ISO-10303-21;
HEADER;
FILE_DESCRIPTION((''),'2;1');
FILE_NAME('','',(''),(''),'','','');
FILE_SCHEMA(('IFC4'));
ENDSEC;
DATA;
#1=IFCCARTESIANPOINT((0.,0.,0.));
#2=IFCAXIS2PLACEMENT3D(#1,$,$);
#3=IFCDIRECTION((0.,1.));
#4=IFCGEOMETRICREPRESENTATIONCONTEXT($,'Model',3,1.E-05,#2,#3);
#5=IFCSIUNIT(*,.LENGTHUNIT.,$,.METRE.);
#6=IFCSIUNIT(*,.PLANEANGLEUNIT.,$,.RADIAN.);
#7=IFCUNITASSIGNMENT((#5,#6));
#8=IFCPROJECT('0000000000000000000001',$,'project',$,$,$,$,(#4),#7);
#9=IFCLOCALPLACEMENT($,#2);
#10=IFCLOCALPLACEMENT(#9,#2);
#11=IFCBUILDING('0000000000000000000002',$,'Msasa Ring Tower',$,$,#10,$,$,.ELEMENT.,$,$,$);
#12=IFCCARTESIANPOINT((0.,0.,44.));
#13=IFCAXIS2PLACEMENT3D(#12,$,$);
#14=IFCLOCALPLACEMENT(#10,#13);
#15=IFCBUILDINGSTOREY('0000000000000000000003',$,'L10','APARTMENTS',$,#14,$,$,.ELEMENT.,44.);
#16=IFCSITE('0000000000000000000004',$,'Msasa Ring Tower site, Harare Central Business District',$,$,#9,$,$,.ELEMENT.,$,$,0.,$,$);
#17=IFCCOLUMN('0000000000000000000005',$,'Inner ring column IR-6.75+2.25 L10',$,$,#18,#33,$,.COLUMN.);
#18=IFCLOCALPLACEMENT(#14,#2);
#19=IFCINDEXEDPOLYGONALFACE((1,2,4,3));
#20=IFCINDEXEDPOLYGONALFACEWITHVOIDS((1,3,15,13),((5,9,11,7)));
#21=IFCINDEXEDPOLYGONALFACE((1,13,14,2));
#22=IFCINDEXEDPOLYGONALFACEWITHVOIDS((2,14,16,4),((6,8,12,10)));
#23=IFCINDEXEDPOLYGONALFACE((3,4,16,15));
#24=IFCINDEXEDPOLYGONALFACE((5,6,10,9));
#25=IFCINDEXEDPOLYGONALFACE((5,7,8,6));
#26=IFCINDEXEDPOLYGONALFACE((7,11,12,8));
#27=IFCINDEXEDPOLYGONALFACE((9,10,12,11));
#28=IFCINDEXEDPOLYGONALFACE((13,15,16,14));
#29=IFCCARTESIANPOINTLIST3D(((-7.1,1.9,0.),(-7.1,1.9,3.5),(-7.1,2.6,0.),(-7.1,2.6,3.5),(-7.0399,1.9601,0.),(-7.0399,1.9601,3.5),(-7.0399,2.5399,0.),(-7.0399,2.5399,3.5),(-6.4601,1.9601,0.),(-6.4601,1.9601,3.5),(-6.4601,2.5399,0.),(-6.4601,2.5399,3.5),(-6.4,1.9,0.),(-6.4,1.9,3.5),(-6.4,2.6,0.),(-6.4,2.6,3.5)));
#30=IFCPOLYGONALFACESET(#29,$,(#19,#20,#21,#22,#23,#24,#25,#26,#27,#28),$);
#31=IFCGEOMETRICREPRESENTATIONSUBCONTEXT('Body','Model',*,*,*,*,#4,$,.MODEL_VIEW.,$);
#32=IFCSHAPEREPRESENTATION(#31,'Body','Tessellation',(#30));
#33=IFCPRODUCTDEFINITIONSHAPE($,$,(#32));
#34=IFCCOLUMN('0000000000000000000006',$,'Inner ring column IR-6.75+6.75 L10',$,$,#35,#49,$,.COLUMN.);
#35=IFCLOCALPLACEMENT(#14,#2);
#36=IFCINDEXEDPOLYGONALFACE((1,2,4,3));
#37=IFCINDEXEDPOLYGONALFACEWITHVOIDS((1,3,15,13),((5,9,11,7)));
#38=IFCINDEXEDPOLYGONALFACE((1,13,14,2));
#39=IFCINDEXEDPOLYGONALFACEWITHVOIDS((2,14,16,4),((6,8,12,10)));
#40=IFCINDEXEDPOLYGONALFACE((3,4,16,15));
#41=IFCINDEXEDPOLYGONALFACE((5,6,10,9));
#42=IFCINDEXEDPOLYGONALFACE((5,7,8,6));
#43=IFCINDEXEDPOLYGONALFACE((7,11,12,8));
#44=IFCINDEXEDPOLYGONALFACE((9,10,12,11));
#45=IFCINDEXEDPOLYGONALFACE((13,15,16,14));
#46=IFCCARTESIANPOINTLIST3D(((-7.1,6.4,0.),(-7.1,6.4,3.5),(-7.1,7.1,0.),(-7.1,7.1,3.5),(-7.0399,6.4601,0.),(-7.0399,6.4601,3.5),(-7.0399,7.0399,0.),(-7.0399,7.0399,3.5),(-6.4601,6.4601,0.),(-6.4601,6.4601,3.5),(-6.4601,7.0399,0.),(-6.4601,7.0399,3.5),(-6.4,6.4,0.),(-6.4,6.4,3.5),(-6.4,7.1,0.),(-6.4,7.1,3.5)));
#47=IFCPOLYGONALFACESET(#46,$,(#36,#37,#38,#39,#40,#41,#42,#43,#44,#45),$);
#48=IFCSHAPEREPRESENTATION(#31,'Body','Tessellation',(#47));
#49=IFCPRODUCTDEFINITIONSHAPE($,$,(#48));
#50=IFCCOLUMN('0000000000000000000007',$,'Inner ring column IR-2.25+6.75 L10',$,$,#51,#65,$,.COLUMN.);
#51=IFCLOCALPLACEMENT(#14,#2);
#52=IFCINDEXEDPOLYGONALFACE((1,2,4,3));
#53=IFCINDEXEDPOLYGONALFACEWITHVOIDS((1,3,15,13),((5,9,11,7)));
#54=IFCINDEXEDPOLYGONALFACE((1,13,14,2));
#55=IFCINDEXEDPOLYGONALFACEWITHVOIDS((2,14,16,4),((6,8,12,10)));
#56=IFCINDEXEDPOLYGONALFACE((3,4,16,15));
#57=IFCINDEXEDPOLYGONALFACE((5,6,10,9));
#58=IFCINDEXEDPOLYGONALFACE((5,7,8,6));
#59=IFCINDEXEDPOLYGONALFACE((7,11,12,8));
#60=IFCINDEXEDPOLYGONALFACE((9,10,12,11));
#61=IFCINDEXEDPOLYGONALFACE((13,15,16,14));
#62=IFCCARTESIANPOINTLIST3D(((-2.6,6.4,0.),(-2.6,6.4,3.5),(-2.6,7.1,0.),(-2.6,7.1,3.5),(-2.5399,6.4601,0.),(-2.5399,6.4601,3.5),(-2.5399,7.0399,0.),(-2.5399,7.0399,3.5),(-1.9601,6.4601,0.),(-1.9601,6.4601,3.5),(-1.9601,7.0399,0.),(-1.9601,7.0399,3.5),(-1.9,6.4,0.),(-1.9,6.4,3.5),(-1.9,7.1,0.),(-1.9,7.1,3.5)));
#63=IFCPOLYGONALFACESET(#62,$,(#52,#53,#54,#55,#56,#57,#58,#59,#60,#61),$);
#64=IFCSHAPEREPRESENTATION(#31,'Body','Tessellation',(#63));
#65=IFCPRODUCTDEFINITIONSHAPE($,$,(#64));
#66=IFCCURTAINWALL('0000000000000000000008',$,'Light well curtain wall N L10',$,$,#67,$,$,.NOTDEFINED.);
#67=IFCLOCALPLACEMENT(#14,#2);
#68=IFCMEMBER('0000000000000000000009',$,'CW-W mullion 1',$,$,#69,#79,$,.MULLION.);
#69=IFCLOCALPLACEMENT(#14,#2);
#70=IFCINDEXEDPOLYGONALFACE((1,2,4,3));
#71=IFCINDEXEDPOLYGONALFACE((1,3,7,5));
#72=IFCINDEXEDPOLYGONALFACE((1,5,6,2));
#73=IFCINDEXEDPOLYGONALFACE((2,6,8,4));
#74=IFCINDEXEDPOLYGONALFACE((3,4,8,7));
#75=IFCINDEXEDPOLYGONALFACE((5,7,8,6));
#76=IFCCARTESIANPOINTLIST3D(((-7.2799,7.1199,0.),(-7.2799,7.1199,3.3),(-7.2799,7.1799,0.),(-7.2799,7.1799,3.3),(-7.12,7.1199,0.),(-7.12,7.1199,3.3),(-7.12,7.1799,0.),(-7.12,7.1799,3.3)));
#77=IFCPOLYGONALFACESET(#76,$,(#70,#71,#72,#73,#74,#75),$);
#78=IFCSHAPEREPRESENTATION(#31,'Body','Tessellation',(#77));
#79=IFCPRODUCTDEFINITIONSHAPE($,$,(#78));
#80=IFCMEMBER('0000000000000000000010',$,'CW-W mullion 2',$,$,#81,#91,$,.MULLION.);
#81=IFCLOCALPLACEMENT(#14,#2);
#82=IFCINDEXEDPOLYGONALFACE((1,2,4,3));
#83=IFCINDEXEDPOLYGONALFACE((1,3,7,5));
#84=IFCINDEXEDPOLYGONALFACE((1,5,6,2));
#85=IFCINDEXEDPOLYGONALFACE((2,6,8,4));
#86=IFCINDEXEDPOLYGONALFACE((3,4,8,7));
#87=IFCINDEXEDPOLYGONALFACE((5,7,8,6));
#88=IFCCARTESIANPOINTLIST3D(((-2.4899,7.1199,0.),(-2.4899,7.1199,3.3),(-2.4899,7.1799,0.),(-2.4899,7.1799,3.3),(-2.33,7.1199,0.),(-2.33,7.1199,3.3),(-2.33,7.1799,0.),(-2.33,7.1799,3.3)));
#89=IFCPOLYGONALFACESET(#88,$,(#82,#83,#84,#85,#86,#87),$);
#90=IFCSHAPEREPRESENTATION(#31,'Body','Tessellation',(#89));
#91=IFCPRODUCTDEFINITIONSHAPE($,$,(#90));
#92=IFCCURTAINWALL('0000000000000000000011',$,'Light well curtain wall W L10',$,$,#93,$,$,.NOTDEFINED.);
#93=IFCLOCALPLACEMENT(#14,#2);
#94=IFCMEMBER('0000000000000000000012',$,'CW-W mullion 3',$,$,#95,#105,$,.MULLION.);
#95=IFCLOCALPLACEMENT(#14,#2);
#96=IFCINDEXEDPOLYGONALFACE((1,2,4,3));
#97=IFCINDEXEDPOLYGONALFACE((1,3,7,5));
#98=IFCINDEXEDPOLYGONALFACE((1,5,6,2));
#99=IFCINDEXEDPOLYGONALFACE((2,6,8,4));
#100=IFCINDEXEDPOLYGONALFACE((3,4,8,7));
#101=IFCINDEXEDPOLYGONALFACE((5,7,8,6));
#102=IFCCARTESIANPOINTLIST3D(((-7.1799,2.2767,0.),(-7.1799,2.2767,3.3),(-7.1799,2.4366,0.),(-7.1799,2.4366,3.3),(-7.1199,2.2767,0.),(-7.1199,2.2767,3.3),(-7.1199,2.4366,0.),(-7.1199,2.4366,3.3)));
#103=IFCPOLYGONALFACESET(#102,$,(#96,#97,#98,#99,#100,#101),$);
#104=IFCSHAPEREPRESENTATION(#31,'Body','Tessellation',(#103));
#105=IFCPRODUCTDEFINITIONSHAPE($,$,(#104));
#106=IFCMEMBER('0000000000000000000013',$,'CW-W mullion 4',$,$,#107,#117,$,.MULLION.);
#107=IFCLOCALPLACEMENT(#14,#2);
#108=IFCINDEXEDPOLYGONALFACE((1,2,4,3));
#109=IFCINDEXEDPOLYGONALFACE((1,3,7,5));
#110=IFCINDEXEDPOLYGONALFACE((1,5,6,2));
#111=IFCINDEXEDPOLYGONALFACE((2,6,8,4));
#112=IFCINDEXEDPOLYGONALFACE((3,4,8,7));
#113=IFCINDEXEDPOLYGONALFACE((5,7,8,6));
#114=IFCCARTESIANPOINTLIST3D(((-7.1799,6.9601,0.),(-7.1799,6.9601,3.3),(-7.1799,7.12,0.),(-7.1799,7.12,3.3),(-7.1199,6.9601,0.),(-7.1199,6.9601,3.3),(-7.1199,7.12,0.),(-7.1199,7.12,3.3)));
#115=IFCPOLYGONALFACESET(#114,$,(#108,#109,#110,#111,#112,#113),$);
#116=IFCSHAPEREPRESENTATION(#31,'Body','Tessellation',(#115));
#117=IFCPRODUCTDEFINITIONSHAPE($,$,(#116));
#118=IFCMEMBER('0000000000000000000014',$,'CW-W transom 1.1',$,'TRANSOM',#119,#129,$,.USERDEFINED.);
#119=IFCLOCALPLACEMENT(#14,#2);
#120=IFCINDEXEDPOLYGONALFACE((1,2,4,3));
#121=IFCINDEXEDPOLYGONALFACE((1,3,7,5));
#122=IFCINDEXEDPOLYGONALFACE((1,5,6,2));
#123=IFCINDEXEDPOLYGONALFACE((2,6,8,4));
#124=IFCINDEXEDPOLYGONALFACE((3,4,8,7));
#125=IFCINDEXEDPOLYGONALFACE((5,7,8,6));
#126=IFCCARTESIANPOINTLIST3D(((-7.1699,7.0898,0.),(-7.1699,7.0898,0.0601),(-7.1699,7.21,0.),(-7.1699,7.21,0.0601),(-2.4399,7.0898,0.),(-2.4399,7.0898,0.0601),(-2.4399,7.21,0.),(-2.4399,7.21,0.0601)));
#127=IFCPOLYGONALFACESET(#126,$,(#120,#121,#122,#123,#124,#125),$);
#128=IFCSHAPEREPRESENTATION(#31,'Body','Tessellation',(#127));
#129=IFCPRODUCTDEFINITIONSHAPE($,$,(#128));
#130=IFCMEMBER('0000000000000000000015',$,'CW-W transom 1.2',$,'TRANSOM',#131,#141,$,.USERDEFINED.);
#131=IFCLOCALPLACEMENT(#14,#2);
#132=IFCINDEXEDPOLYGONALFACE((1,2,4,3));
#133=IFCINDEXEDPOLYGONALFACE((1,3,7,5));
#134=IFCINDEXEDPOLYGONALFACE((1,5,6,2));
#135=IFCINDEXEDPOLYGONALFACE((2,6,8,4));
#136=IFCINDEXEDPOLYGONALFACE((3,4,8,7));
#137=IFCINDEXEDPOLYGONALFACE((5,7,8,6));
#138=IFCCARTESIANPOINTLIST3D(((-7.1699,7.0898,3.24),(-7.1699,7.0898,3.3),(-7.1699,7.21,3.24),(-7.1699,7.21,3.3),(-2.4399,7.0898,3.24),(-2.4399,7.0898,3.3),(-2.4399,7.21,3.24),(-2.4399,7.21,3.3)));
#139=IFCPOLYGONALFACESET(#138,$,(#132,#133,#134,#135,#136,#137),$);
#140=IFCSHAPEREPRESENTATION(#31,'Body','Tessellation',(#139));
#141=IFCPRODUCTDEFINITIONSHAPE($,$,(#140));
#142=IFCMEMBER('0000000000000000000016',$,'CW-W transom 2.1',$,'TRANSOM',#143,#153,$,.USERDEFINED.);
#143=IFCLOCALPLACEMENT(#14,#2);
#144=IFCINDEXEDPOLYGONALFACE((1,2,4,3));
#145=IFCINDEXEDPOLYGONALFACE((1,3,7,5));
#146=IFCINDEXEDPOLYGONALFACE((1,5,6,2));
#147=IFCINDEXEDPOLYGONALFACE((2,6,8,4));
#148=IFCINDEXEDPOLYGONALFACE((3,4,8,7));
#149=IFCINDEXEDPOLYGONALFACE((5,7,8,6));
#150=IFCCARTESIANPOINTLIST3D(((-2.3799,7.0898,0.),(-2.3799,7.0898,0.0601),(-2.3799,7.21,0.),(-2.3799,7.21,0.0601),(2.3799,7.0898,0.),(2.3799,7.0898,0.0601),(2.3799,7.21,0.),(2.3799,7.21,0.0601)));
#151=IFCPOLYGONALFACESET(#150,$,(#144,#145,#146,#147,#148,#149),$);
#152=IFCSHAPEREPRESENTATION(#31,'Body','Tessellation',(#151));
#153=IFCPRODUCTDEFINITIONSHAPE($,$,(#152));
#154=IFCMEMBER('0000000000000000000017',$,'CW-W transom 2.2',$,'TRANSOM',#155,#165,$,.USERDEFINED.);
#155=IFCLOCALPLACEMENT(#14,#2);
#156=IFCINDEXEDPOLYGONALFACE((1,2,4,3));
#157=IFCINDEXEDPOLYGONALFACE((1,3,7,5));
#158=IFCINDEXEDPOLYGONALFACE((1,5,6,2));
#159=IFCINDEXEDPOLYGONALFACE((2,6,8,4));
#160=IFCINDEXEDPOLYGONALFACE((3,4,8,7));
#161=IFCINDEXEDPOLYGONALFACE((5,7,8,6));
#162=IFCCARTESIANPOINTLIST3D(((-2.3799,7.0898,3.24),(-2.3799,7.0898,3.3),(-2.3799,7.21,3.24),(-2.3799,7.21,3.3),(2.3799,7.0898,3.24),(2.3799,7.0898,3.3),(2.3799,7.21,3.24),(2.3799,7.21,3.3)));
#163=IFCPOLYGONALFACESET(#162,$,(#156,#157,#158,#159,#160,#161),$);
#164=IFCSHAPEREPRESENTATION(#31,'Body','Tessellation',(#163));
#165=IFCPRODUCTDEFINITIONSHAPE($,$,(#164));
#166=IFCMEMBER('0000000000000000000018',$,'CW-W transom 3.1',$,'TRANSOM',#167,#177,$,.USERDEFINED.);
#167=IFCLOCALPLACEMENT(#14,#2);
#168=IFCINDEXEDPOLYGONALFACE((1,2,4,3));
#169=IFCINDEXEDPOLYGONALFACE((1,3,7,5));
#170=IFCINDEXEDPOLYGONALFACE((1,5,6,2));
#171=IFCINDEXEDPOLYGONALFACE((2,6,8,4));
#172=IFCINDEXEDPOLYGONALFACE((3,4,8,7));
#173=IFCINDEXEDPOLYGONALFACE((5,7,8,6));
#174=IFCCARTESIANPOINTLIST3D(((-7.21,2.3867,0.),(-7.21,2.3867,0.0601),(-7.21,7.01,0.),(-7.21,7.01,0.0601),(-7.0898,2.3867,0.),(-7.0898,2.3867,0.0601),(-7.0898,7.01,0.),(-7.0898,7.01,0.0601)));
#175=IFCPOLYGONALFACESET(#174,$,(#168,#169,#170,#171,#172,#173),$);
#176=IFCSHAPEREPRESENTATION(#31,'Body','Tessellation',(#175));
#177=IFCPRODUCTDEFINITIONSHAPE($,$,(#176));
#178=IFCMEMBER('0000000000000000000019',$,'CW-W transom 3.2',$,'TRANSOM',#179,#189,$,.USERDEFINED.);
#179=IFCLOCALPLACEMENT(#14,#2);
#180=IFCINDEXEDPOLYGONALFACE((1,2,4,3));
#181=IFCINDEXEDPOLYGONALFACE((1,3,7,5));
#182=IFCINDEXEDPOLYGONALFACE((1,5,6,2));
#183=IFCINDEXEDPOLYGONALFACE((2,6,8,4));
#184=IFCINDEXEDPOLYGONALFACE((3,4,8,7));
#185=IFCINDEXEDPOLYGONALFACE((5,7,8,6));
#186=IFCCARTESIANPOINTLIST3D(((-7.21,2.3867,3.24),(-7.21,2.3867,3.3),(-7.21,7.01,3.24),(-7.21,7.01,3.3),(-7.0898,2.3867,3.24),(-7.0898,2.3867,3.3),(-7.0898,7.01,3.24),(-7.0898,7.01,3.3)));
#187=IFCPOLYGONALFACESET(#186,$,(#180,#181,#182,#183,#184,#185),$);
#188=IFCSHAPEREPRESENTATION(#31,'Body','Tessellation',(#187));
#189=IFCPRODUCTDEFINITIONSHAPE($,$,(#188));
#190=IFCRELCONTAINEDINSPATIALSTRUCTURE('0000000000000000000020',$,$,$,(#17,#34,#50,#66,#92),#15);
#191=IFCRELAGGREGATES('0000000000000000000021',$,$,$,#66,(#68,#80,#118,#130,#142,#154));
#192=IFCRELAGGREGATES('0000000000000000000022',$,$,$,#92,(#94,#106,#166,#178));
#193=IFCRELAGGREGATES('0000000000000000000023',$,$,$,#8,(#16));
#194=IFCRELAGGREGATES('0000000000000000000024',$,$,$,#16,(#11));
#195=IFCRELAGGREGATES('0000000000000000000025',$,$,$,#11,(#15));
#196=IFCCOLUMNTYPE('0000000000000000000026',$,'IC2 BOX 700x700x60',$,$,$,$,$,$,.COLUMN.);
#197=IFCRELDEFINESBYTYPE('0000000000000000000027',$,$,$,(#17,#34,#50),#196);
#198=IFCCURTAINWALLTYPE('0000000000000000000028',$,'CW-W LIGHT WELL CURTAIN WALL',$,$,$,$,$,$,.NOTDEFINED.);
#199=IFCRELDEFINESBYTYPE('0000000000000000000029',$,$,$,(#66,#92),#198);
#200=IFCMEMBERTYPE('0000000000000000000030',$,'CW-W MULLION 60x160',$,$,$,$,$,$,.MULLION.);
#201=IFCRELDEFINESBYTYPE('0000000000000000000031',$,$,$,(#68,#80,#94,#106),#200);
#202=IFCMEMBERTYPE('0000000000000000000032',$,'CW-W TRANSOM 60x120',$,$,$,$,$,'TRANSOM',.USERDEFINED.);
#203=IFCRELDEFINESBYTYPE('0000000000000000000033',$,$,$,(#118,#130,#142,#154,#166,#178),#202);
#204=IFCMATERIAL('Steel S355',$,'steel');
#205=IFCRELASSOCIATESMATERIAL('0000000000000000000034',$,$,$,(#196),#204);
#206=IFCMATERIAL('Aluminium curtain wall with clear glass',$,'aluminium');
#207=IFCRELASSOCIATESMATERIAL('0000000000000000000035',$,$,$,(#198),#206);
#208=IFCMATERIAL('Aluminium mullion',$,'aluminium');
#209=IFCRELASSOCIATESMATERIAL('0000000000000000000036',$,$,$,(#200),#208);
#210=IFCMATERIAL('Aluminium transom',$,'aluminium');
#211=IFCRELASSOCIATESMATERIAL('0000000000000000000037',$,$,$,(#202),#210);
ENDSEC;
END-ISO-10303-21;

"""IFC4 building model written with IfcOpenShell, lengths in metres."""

from ifc_helpers import new_model, si_unit, direction, frame, origin, origin_2d, place, context, subcontext, project, spatial, rectangle, hollow_rectangle, extrude, material, material_profile, profile_set, type_object, element, aggregate, save


model = new_model("IFC4")

# Units and contexts
model_context = context("Model", 3, precision=1e-05, world=origin(), true_north=direction((0.0, 1.0)))
body_context = subcontext(model_context, "Body", "Model", "MODEL_VIEW")
ifc_project = project(units=[si_unit("LENGTHUNIT", "METRE"), si_unit("PLANEANGLEUNIT", "RADIAN")], contexts=[model_context])

# Site, building, storey
site_placement = place(None, origin())
site = spatial("IfcSite", under=ifc_project, at=site_placement, Name="Msasa Ring Tower site, Harare Central Business District", CompositionType="ELEMENT", RefElevation=0.0)
building_placement = place(site_placement, origin())
building = spatial("IfcBuilding", under=site, at=building_placement, Name="Msasa Ring Tower", CompositionType="ELEMENT")
storey_placement = place(building_placement, frame((0.0, 0.0, 44.0)))
storey = spatial("IfcBuildingStorey", under=building, at=storey_placement, Name="L10", Description="APARTMENTS", CompositionType="ELEMENT", Elevation=44.0)

# Columns
ifc_material_1 = material(Name="Steel S355", Category="steel")
ifc_material_profile_1 = material_profile(ifc_material_1, hollow_rectangle(XDim=0.7, YDim=0.7, WallThickness=0.0601, at=origin_2d()), Name="BOX 700x700x60")
ifc_profile_set_1 = profile_set([ifc_material_profile_1], Name="Steel S355")
column_type = type_object("IfcColumnType", Name="IC2 BOX 700x700x60", PredefinedType="COLUMN", material=ifc_profile_set_1)
for number, where, z_axis, x_axis, name in (
    (1, (-6.75, 2.25, 0.0), (0.0, 0.0, 1.0), (1.0, 0.0, 0.0), "Inner ring column IR-6.75+2.25 L10"),
    (2, (-6.75, 6.75, 0.0), (0.0, 0.0, 1.0), (1.0, 0.0, 0.0), "Inner ring column IR-6.75+6.75 L10"),
    (3, (-2.25, 6.75, 0.0), (0.0, 0.0, 1.0), (1.0, 0.0, 0.0), "Inner ring column IR-2.25+6.75 L10"),
):
    element("IfcColumn", number, at=place(storey_placement, frame(where, z_axis=z_axis, x_axis=x_axis)), inside=storey, type_object=column_type, Name=name, PredefinedType="COLUMN", context=body_context, shape_type="SweptSolid", body=[
        extrude(hollow_rectangle(XDim=0.7, YDim=0.7, WallThickness=0.0601, at=origin_2d()), origin(), (0.0, 0.0, 1.0), 3.5),
    ])

# Curtain walls, members
ifc_material_2 = material(Name="Aluminium curtain wall with clear glass", Category="aluminium")
curtain_wall_type = type_object("IfcCurtainWallType", Name="CW-W LIGHT WELL CURTAIN WALL", PredefinedType="NOTDEFINED", material=ifc_material_2)
curtain_wall_1_placement = place(storey_placement, origin())
curtain_wall_1 = element("IfcCurtainWall", 4, at=curtain_wall_1_placement, inside=storey, type_object=curtain_wall_type, Name="Light well curtain wall N L10", PredefinedType="NOTDEFINED")
ifc_material_3 = material(Name="Aluminium mullion", Category="aluminium")
ifc_material_profile_2 = material_profile(ifc_material_3, rectangle(XDim=0.0601, YDim=0.1599, at=origin_2d()), Name="AL 60x160")
ifc_profile_set_2 = profile_set([ifc_material_profile_2], Name="Aluminium mullion")
member_type_1 = type_object("IfcMemberType", Name="CW-W MULLION 60x160", PredefinedType="MULLION", material=ifc_profile_set_2)
member_1_placement = place(storey_placement, frame((-7.2, 7.1499, 0.0), z_axis=(0.0, 0.0, 1.0), x_axis=(0.0, 1.0, 0.0)))
member_1 = element("IfcMember", 5, at=member_1_placement, type_object=member_type_1, Name="CW-W mullion 1", PredefinedType="MULLION", context=body_context, shape_type="SweptSolid", body=[
    extrude(rectangle(XDim=0.0601, YDim=0.1599, at=origin_2d()), origin(), (0.0, 0.0, 1.0), 3.3),
])
member_2_placement = place(storey_placement, frame((-2.4099, 7.1499, 0.0), z_axis=(0.0, 0.0, 1.0), x_axis=(0.0, 1.0, 0.0)))
member_2 = element("IfcMember", 6, at=member_2_placement, type_object=member_type_1, Name="CW-W mullion 2", PredefinedType="MULLION", context=body_context, shape_type="SweptSolid", body=[
    extrude(rectangle(XDim=0.0601, YDim=0.1599, at=origin_2d()), origin(), (0.0, 0.0, 1.0), 3.3),
])
curtain_wall_2_placement = place(storey_placement, origin())
curtain_wall_2 = element("IfcCurtainWall", 7, at=curtain_wall_2_placement, inside=storey, type_object=curtain_wall_type, Name="Light well curtain wall W L10", PredefinedType="NOTDEFINED")
member_3_placement = place(storey_placement, frame((-7.1499, 2.3567, 0.0), z_axis=(0.0, 0.0, 1.0), x_axis=(-1.0, 0.0, 0.0)))
member_3 = element("IfcMember", 8, at=member_3_placement, type_object=member_type_1, Name="CW-W mullion 3", PredefinedType="MULLION", context=body_context, shape_type="SweptSolid", body=[
    extrude(rectangle(XDim=0.0601, YDim=0.1599, at=origin_2d()), origin(), (0.0, 0.0, 1.0), 3.3),
])
member_4_placement = place(storey_placement, frame((-7.1499, 7.04, 0.0), z_axis=(0.0, 0.0, 1.0), x_axis=(-1.0, 0.0, 0.0)))
member_4 = element("IfcMember", 9, at=member_4_placement, type_object=member_type_1, Name="CW-W mullion 4", PredefinedType="MULLION", context=body_context, shape_type="SweptSolid", body=[
    extrude(rectangle(XDim=0.0601, YDim=0.1599, at=origin_2d()), origin(), (0.0, 0.0, 1.0), 3.3),
])

# Members
ifc_material_4 = material(Name="Aluminium transom", Category="aluminium")
ifc_material_profile_3 = material_profile(ifc_material_4, rectangle(XDim=0.1201, YDim=0.0601, at=origin_2d()), Name="AL 60x120")
ifc_profile_set_3 = profile_set([ifc_material_profile_3], Name="Aluminium transom")
member_type_2 = type_object("IfcMemberType", Name="CW-W TRANSOM 60x120", ElementType="TRANSOM", PredefinedType="USERDEFINED", material=ifc_profile_set_3)
member_5_placement = place(storey_placement, frame((-7.1699, 7.1499, 0.03), z_axis=(1.0, 0.0, 0.0), x_axis=(0.0, 1.0, 0.0)))
member_5 = element("IfcMember", 10, at=member_5_placement, type_object=member_type_2, Name="CW-W transom 1.1", ObjectType="TRANSOM", PredefinedType="USERDEFINED", context=body_context, shape_type="SweptSolid", body=[
    extrude(rectangle(XDim=0.1201, YDim=0.0601, at=origin_2d()), origin(), (0.0, 0.0, 1.0), 4.73),
])
member_6_placement = place(storey_placement, frame((-7.1699, 7.1499, 3.27), z_axis=(1.0, 0.0, 0.0), x_axis=(0.0, 1.0, 0.0)))
member_6 = element("IfcMember", 11, at=member_6_placement, type_object=member_type_2, Name="CW-W transom 1.2", ObjectType="TRANSOM", PredefinedType="USERDEFINED", context=body_context, shape_type="SweptSolid", body=[
    extrude(rectangle(XDim=0.1201, YDim=0.0601, at=origin_2d()), origin(), (0.0, 0.0, 1.0), 4.73),
])
member_7_placement = place(storey_placement, frame((-2.3799, 7.1499, 0.03), z_axis=(1.0, 0.0, 0.0), x_axis=(0.0, 1.0, 0.0)))
member_7 = element("IfcMember", 12, at=member_7_placement, type_object=member_type_2, Name="CW-W transom 2.1", ObjectType="TRANSOM", PredefinedType="USERDEFINED", context=body_context, shape_type="SweptSolid", body=[
    extrude(rectangle(XDim=0.1201, YDim=0.0601, at=origin_2d()), origin(), (0.0, 0.0, 1.0), 4.7598),
])
member_8_placement = place(storey_placement, frame((-2.3799, 7.1499, 3.27), z_axis=(1.0, 0.0, 0.0), x_axis=(0.0, 1.0, 0.0)))
member_8 = element("IfcMember", 13, at=member_8_placement, type_object=member_type_2, Name="CW-W transom 2.2", ObjectType="TRANSOM", PredefinedType="USERDEFINED", context=body_context, shape_type="SweptSolid", body=[
    extrude(rectangle(XDim=0.1201, YDim=0.0601, at=origin_2d()), origin(), (0.0, 0.0, 1.0), 4.7598),
])
member_9_placement = place(storey_placement, frame((-7.1499, 2.3867, 0.03), z_axis=(0.0, 1.0, 0.0), x_axis=(-1.0, 0.0, 0.0)))
member_9 = element("IfcMember", 14, at=member_9_placement, type_object=member_type_2, Name="CW-W transom 3.1", ObjectType="TRANSOM", PredefinedType="USERDEFINED", context=body_context, shape_type="SweptSolid", body=[
    extrude(rectangle(XDim=0.1201, YDim=0.0601, at=origin_2d()), origin(), (0.0, 0.0, 1.0), 4.6233),
])
member_10_placement = place(storey_placement, frame((-7.1499, 2.3867, 3.27), z_axis=(0.0, 1.0, 0.0), x_axis=(-1.0, 0.0, 0.0)))
member_10 = element("IfcMember", 15, at=member_10_placement, type_object=member_type_2, Name="CW-W transom 3.2", ObjectType="TRANSOM", PredefinedType="USERDEFINED", context=body_context, shape_type="SweptSolid", body=[
    extrude(rectangle(XDim=0.1201, YDim=0.0601, at=origin_2d()), origin(), (0.0, 0.0, 1.0), 4.6233),
])

aggregate(curtain_wall_1, [member_1, member_2, member_5, member_6, member_7, member_8])
aggregate(curtain_wall_2, [member_3, member_4, member_9, member_10])

save(model, "model.ifc")
